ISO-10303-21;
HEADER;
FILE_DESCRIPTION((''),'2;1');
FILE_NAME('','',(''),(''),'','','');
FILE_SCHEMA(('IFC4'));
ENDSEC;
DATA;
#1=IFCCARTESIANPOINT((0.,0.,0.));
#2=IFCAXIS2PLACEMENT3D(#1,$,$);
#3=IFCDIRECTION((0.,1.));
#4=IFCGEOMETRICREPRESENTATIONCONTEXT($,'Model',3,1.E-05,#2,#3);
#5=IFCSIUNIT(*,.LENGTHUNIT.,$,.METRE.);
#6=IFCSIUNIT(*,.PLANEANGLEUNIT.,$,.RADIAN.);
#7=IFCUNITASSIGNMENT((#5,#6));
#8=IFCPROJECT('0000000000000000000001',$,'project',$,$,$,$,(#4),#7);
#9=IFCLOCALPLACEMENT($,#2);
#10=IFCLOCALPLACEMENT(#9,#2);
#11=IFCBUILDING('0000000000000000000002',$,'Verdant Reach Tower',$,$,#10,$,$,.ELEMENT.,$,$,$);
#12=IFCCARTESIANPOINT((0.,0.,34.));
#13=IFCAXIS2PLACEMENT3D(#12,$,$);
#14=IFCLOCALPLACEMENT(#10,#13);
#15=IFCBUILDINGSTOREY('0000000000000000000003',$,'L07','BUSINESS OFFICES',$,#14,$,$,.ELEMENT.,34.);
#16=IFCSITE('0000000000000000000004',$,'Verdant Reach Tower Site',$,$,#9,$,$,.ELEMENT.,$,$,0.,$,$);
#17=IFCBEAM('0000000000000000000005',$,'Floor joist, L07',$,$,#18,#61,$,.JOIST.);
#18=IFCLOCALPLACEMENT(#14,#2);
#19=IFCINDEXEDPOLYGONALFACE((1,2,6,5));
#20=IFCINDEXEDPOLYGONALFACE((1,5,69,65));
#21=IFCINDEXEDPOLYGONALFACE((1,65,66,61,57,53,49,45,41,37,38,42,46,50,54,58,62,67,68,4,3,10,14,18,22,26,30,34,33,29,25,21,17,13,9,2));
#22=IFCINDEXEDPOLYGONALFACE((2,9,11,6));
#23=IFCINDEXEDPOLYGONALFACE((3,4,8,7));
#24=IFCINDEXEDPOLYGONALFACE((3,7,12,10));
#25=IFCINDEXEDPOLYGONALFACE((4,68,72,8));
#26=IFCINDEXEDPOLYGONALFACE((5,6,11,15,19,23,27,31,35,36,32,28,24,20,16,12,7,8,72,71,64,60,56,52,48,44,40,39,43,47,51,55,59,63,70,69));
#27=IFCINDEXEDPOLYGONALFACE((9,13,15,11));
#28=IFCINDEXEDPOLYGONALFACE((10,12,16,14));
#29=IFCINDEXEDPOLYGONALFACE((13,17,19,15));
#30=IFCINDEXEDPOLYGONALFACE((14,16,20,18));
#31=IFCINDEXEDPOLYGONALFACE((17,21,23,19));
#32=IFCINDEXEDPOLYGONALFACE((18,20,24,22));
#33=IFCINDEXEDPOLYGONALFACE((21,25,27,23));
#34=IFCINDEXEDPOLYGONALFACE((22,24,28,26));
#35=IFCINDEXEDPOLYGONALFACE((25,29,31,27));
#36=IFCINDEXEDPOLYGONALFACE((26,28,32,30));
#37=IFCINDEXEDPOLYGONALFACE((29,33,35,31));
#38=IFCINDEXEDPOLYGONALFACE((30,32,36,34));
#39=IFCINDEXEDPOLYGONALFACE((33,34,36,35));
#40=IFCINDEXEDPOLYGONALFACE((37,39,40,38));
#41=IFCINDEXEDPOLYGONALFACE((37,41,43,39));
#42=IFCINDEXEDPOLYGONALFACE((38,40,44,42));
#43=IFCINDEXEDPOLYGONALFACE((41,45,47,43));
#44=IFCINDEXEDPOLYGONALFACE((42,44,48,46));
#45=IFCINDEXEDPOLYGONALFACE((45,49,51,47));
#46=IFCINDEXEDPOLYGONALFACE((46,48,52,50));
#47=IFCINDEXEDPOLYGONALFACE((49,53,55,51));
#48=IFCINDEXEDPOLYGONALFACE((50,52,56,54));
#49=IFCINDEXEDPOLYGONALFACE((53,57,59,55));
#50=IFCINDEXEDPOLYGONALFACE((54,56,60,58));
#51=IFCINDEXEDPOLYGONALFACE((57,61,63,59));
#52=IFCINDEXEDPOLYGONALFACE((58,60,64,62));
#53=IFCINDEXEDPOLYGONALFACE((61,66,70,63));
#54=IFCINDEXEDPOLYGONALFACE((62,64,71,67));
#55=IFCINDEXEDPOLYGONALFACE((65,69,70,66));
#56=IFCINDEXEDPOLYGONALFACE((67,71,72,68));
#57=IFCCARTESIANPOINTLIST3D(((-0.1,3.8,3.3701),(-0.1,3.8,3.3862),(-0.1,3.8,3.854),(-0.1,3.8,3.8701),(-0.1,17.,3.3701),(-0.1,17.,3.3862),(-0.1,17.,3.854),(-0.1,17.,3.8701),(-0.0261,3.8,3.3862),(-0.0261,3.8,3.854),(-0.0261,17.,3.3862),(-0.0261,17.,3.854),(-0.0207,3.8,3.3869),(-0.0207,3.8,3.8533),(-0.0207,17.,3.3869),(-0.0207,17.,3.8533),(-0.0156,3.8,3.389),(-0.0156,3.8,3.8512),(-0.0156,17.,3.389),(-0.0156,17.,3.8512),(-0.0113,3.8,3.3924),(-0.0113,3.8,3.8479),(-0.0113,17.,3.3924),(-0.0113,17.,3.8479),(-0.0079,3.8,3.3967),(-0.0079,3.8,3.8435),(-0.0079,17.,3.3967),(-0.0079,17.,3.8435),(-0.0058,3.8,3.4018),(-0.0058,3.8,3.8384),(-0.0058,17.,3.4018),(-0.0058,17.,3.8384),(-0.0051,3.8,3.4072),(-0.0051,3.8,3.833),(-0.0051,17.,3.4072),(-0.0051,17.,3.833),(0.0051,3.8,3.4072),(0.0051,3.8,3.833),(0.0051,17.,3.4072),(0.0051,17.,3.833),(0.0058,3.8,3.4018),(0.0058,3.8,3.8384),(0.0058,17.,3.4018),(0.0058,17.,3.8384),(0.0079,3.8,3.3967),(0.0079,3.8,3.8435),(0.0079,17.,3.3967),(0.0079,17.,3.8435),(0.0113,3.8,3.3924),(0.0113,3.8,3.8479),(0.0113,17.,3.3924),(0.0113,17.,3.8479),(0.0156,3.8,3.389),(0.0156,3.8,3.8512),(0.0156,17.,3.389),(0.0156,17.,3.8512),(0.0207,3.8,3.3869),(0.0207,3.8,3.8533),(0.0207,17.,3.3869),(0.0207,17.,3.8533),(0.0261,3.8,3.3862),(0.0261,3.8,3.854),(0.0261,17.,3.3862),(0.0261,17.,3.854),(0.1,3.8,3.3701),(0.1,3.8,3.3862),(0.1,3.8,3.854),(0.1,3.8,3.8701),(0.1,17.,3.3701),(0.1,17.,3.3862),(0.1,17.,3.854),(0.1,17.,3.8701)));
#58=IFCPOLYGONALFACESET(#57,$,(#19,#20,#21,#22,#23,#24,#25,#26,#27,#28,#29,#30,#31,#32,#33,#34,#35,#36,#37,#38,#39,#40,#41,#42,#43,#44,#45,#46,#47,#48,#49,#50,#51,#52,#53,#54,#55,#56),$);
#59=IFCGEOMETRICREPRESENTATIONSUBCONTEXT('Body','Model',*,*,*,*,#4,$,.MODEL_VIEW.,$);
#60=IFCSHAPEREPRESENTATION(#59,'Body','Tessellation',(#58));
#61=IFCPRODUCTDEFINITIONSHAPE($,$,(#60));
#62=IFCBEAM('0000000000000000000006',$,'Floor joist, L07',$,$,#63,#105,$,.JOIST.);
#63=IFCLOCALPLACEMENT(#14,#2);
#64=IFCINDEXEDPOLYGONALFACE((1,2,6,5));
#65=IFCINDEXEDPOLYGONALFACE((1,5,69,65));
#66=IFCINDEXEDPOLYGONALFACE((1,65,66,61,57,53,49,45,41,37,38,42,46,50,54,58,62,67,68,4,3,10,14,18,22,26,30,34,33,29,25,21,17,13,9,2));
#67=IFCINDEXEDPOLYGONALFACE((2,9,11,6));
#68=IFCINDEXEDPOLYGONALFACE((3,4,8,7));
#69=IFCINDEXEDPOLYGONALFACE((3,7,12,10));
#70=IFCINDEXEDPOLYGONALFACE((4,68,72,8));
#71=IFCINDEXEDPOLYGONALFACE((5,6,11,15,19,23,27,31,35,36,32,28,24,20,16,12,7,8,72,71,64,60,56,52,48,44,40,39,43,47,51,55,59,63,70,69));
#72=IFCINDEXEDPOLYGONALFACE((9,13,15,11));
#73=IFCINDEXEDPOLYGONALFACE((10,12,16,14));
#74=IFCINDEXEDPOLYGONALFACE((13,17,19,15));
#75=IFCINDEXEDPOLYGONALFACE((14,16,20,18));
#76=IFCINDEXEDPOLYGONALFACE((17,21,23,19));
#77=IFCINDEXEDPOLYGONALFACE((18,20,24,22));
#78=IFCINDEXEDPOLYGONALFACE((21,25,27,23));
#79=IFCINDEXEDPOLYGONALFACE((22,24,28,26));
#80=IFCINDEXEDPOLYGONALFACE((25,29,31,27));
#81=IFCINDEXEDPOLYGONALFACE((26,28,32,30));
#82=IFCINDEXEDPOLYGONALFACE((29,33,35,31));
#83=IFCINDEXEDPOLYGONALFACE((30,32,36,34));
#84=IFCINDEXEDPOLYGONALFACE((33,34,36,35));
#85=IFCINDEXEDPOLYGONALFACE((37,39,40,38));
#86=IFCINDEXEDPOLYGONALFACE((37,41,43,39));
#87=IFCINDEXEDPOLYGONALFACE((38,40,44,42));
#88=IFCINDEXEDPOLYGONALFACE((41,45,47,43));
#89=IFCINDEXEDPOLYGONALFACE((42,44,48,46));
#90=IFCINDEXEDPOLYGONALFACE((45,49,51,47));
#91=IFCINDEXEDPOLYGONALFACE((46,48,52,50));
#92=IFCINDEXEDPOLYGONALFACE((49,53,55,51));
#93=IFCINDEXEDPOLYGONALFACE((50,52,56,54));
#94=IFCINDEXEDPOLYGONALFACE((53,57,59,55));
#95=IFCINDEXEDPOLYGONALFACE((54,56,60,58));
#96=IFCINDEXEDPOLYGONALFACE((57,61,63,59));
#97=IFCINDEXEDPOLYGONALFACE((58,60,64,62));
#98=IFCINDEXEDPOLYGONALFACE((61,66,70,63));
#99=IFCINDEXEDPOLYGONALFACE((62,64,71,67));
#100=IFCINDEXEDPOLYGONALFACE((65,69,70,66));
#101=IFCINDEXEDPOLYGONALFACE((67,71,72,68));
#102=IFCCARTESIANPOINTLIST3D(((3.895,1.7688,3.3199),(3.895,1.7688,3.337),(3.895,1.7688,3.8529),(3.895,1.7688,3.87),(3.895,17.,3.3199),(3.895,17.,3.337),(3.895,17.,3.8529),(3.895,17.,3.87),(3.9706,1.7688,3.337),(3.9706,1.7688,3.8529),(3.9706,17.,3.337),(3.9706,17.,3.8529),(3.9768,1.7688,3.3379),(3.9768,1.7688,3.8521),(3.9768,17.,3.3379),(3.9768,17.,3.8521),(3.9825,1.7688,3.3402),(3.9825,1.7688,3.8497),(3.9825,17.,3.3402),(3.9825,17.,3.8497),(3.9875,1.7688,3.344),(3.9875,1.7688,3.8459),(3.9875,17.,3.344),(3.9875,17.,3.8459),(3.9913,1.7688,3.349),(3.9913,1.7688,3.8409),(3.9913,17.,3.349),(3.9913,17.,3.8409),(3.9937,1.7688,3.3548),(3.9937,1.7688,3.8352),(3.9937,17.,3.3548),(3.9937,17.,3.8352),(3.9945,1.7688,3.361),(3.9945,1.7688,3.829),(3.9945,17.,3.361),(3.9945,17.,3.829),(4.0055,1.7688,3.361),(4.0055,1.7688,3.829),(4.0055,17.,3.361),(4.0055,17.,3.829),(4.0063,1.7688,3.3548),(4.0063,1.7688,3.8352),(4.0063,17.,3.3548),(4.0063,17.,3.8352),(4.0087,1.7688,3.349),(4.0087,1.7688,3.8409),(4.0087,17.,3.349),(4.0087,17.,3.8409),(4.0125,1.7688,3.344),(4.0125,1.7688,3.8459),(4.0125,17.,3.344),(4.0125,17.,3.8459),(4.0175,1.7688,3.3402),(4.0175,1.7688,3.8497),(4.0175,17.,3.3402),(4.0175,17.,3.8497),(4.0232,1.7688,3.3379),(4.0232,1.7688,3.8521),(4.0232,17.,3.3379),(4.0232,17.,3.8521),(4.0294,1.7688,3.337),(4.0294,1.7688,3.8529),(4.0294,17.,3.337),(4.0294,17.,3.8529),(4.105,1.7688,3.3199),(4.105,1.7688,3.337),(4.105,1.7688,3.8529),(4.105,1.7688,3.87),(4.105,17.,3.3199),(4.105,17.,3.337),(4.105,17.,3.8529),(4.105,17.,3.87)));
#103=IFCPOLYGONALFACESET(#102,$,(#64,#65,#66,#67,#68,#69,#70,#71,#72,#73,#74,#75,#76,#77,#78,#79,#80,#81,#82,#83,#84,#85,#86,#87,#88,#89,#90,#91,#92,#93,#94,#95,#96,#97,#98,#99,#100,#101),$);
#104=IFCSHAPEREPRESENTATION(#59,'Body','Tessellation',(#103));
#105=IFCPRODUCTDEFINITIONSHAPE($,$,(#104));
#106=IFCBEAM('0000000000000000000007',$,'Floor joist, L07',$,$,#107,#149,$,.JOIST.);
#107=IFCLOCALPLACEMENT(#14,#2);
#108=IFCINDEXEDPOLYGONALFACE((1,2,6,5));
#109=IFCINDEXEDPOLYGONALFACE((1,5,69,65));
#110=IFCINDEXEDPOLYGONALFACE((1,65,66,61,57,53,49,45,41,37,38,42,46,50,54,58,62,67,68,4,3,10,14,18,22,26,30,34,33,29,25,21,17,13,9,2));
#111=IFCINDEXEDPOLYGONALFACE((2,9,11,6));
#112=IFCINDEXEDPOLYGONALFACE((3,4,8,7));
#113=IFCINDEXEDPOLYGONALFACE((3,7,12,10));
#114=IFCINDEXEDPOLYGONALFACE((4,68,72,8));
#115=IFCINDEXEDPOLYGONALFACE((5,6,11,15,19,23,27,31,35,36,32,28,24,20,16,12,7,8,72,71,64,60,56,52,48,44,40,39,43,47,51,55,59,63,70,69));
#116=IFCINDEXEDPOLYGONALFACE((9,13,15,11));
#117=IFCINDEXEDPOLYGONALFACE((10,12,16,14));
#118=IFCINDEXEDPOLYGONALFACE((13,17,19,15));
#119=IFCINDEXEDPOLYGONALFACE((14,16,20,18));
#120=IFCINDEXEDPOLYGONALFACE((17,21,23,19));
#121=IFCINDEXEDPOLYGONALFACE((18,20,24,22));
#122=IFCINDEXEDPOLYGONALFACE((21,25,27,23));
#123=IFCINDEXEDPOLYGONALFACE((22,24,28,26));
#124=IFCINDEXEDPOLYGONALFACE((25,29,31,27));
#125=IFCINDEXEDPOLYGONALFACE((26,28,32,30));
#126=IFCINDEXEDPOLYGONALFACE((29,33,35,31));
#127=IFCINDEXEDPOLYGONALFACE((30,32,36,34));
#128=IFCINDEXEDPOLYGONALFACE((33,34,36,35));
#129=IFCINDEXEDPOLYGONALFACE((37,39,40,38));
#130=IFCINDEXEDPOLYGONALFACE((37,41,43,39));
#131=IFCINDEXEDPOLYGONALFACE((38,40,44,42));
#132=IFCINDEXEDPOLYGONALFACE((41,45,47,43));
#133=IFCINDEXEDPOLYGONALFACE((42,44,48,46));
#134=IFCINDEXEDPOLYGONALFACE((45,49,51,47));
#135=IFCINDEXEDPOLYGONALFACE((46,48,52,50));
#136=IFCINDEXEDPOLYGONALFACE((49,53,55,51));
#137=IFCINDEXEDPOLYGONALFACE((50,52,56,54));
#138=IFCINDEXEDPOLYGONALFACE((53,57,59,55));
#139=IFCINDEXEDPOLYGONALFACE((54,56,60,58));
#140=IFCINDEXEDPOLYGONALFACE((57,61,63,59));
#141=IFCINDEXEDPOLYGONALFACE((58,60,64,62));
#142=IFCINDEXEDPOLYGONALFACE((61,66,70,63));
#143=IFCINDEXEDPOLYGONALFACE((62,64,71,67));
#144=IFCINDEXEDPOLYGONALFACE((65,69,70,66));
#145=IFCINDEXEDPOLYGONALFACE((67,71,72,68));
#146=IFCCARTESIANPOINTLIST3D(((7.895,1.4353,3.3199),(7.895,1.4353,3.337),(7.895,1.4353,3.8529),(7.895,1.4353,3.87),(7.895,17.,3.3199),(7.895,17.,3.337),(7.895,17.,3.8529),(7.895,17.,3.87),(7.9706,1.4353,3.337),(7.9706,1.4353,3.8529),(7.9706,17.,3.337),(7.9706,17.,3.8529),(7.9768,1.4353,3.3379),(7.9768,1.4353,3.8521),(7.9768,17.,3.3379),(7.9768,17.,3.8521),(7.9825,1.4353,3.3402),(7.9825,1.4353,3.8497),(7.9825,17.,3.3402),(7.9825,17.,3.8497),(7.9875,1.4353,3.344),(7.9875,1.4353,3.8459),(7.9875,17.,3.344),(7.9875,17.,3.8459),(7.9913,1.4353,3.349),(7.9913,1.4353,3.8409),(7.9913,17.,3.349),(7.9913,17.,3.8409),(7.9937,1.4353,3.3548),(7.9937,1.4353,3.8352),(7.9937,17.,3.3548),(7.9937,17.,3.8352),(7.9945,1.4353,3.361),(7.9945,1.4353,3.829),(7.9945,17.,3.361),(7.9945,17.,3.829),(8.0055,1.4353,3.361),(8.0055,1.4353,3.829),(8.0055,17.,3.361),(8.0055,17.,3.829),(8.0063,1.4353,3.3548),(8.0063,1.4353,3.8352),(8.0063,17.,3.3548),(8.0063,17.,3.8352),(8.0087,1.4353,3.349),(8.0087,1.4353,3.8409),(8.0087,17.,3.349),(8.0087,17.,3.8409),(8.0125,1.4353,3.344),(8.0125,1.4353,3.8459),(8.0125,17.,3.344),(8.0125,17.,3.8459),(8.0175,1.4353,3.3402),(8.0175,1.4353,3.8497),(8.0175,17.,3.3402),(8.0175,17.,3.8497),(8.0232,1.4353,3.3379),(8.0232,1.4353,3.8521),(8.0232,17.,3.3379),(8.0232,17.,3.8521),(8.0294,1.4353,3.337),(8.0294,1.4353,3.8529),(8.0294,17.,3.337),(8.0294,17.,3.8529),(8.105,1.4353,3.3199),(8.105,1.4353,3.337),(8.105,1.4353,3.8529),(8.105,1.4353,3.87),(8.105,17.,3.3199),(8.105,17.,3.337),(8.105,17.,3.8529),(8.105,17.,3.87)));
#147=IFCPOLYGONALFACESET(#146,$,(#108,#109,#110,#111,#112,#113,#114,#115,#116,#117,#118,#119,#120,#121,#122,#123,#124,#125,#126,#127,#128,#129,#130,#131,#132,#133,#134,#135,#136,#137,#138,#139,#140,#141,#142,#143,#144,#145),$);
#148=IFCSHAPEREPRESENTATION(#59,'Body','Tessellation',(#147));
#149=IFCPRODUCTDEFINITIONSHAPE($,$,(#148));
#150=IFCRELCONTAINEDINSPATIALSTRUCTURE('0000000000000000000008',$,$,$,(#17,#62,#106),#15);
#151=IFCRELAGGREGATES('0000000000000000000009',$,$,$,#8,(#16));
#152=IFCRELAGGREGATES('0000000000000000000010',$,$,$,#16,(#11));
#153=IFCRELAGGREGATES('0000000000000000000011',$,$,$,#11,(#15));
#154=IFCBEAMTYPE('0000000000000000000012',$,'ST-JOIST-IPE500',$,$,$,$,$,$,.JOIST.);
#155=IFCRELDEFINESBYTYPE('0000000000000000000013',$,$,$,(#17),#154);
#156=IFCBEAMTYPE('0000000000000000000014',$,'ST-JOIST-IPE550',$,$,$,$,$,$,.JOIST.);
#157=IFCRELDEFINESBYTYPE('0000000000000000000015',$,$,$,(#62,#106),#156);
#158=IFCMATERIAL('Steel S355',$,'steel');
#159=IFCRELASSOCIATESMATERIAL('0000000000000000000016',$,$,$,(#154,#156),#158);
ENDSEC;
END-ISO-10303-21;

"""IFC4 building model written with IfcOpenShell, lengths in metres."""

from ifc_helpers import new_model, si_unit, direction, frame, origin, origin_2d, place, context, subcontext, project, spatial, i_section, extrude, material, material_profile, profile_set, type_object, element, save


model = new_model("IFC4")

# Units and contexts
model_context = context("Model", 3, precision=1e-05, world=origin(), true_north=direction((0.0, 1.0)))
body_context = subcontext(model_context, "Body", "Model", "MODEL_VIEW")
ifc_project = project(units=[si_unit("LENGTHUNIT", "METRE"), si_unit("PLANEANGLEUNIT", "RADIAN")], contexts=[model_context])

# Site, building, storey
site_placement = place(None, origin())
site = spatial("IfcSite", under=ifc_project, at=site_placement, Name="Verdant Reach Tower Site", CompositionType="ELEMENT", RefElevation=0.0)
building_placement = place(site_placement, origin())
building = spatial("IfcBuilding", under=site, at=building_placement, Name="Verdant Reach Tower", CompositionType="ELEMENT")
storey_placement = place(building_placement, frame((0.0, 0.0, 34.0)))
storey = spatial("IfcBuildingStorey", under=building, at=storey_placement, Name="L07", Description="BUSINESS OFFICES", CompositionType="ELEMENT", Elevation=34.0)

# Beams
ifc_material_1 = material(Name="Steel S355", Category="steel")
ifc_material_profile_1 = material_profile(ifc_material_1, i_section(OverallWidth=0.2, OverallDepth=0.5, WebThickness=0.0103, FlangeThickness=0.0161, FilletRadius=0.021, at=origin_2d()), Name="IPE 500")
ifc_profile_set_1 = profile_set([ifc_material_profile_1], Name="Steel S355")
beam_type_1 = type_object("IfcBeamType", Name="ST-JOIST-IPE500", PredefinedType="JOIST", material=ifc_profile_set_1)
beam_1_placement = place(storey_placement, frame((0.0, 17.0, 3.6201), z_axis=(0.0, -1.0, 0.0), x_axis=(1.0, 0.0, 0.0)))
element("IfcBeam", 1, at=beam_1_placement, inside=storey, type_object=beam_type_1, Name="Floor joist, L07", PredefinedType="JOIST", context=body_context, shape_type="SweptSolid", body=[
    extrude(i_section(OverallWidth=0.2, OverallDepth=0.5, WebThickness=0.0103, FlangeThickness=0.0161, FilletRadius=0.021, at=origin_2d()), origin(), (0.0, 0.0, 1.0), 13.2),
])
ifc_material_profile_2 = material_profile(ifc_material_1, i_section(OverallWidth=0.21, OverallDepth=0.55, WebThickness=0.011, FlangeThickness=0.0171, FilletRadius=0.0239, at=origin_2d()), Name="IPE 550")
ifc_profile_set_2 = profile_set([ifc_material_profile_2], Name="Steel S355")
beam_type_2 = type_object("IfcBeamType", Name="ST-JOIST-IPE550", PredefinedType="JOIST", material=ifc_profile_set_2)
beam_2_placement = place(storey_placement, frame((4.0, 17.0, 3.595), z_axis=(0.0, -1.0, 0.0), x_axis=(1.0, 0.0, 0.0)))
element("IfcBeam", 2, at=beam_2_placement, inside=storey, type_object=beam_type_2, Name="Floor joist, L07", PredefinedType="JOIST", context=body_context, shape_type="SweptSolid", body=[
    extrude(i_section(OverallWidth=0.21, OverallDepth=0.55, WebThickness=0.011, FlangeThickness=0.0171, FilletRadius=0.0239, at=origin_2d()), origin(), (0.0, 0.0, 1.0), 15.2312),
])
beam_3_placement = place(storey_placement, frame((8.0, 17.0, 3.595), z_axis=(0.0, -1.0, 0.0), x_axis=(1.0, 0.0, 0.0)))
element("IfcBeam", 3, at=beam_3_placement, inside=storey, type_object=beam_type_2, Name="Floor joist, L07", PredefinedType="JOIST", context=body_context, shape_type="SweptSolid", body=[
    extrude(i_section(OverallWidth=0.21, OverallDepth=0.55, WebThickness=0.011, FlangeThickness=0.0171, FilletRadius=0.0239, at=origin_2d()), origin(), (0.0, 0.0, 1.0), 15.5647),
])

save(model, "model.ifc")
